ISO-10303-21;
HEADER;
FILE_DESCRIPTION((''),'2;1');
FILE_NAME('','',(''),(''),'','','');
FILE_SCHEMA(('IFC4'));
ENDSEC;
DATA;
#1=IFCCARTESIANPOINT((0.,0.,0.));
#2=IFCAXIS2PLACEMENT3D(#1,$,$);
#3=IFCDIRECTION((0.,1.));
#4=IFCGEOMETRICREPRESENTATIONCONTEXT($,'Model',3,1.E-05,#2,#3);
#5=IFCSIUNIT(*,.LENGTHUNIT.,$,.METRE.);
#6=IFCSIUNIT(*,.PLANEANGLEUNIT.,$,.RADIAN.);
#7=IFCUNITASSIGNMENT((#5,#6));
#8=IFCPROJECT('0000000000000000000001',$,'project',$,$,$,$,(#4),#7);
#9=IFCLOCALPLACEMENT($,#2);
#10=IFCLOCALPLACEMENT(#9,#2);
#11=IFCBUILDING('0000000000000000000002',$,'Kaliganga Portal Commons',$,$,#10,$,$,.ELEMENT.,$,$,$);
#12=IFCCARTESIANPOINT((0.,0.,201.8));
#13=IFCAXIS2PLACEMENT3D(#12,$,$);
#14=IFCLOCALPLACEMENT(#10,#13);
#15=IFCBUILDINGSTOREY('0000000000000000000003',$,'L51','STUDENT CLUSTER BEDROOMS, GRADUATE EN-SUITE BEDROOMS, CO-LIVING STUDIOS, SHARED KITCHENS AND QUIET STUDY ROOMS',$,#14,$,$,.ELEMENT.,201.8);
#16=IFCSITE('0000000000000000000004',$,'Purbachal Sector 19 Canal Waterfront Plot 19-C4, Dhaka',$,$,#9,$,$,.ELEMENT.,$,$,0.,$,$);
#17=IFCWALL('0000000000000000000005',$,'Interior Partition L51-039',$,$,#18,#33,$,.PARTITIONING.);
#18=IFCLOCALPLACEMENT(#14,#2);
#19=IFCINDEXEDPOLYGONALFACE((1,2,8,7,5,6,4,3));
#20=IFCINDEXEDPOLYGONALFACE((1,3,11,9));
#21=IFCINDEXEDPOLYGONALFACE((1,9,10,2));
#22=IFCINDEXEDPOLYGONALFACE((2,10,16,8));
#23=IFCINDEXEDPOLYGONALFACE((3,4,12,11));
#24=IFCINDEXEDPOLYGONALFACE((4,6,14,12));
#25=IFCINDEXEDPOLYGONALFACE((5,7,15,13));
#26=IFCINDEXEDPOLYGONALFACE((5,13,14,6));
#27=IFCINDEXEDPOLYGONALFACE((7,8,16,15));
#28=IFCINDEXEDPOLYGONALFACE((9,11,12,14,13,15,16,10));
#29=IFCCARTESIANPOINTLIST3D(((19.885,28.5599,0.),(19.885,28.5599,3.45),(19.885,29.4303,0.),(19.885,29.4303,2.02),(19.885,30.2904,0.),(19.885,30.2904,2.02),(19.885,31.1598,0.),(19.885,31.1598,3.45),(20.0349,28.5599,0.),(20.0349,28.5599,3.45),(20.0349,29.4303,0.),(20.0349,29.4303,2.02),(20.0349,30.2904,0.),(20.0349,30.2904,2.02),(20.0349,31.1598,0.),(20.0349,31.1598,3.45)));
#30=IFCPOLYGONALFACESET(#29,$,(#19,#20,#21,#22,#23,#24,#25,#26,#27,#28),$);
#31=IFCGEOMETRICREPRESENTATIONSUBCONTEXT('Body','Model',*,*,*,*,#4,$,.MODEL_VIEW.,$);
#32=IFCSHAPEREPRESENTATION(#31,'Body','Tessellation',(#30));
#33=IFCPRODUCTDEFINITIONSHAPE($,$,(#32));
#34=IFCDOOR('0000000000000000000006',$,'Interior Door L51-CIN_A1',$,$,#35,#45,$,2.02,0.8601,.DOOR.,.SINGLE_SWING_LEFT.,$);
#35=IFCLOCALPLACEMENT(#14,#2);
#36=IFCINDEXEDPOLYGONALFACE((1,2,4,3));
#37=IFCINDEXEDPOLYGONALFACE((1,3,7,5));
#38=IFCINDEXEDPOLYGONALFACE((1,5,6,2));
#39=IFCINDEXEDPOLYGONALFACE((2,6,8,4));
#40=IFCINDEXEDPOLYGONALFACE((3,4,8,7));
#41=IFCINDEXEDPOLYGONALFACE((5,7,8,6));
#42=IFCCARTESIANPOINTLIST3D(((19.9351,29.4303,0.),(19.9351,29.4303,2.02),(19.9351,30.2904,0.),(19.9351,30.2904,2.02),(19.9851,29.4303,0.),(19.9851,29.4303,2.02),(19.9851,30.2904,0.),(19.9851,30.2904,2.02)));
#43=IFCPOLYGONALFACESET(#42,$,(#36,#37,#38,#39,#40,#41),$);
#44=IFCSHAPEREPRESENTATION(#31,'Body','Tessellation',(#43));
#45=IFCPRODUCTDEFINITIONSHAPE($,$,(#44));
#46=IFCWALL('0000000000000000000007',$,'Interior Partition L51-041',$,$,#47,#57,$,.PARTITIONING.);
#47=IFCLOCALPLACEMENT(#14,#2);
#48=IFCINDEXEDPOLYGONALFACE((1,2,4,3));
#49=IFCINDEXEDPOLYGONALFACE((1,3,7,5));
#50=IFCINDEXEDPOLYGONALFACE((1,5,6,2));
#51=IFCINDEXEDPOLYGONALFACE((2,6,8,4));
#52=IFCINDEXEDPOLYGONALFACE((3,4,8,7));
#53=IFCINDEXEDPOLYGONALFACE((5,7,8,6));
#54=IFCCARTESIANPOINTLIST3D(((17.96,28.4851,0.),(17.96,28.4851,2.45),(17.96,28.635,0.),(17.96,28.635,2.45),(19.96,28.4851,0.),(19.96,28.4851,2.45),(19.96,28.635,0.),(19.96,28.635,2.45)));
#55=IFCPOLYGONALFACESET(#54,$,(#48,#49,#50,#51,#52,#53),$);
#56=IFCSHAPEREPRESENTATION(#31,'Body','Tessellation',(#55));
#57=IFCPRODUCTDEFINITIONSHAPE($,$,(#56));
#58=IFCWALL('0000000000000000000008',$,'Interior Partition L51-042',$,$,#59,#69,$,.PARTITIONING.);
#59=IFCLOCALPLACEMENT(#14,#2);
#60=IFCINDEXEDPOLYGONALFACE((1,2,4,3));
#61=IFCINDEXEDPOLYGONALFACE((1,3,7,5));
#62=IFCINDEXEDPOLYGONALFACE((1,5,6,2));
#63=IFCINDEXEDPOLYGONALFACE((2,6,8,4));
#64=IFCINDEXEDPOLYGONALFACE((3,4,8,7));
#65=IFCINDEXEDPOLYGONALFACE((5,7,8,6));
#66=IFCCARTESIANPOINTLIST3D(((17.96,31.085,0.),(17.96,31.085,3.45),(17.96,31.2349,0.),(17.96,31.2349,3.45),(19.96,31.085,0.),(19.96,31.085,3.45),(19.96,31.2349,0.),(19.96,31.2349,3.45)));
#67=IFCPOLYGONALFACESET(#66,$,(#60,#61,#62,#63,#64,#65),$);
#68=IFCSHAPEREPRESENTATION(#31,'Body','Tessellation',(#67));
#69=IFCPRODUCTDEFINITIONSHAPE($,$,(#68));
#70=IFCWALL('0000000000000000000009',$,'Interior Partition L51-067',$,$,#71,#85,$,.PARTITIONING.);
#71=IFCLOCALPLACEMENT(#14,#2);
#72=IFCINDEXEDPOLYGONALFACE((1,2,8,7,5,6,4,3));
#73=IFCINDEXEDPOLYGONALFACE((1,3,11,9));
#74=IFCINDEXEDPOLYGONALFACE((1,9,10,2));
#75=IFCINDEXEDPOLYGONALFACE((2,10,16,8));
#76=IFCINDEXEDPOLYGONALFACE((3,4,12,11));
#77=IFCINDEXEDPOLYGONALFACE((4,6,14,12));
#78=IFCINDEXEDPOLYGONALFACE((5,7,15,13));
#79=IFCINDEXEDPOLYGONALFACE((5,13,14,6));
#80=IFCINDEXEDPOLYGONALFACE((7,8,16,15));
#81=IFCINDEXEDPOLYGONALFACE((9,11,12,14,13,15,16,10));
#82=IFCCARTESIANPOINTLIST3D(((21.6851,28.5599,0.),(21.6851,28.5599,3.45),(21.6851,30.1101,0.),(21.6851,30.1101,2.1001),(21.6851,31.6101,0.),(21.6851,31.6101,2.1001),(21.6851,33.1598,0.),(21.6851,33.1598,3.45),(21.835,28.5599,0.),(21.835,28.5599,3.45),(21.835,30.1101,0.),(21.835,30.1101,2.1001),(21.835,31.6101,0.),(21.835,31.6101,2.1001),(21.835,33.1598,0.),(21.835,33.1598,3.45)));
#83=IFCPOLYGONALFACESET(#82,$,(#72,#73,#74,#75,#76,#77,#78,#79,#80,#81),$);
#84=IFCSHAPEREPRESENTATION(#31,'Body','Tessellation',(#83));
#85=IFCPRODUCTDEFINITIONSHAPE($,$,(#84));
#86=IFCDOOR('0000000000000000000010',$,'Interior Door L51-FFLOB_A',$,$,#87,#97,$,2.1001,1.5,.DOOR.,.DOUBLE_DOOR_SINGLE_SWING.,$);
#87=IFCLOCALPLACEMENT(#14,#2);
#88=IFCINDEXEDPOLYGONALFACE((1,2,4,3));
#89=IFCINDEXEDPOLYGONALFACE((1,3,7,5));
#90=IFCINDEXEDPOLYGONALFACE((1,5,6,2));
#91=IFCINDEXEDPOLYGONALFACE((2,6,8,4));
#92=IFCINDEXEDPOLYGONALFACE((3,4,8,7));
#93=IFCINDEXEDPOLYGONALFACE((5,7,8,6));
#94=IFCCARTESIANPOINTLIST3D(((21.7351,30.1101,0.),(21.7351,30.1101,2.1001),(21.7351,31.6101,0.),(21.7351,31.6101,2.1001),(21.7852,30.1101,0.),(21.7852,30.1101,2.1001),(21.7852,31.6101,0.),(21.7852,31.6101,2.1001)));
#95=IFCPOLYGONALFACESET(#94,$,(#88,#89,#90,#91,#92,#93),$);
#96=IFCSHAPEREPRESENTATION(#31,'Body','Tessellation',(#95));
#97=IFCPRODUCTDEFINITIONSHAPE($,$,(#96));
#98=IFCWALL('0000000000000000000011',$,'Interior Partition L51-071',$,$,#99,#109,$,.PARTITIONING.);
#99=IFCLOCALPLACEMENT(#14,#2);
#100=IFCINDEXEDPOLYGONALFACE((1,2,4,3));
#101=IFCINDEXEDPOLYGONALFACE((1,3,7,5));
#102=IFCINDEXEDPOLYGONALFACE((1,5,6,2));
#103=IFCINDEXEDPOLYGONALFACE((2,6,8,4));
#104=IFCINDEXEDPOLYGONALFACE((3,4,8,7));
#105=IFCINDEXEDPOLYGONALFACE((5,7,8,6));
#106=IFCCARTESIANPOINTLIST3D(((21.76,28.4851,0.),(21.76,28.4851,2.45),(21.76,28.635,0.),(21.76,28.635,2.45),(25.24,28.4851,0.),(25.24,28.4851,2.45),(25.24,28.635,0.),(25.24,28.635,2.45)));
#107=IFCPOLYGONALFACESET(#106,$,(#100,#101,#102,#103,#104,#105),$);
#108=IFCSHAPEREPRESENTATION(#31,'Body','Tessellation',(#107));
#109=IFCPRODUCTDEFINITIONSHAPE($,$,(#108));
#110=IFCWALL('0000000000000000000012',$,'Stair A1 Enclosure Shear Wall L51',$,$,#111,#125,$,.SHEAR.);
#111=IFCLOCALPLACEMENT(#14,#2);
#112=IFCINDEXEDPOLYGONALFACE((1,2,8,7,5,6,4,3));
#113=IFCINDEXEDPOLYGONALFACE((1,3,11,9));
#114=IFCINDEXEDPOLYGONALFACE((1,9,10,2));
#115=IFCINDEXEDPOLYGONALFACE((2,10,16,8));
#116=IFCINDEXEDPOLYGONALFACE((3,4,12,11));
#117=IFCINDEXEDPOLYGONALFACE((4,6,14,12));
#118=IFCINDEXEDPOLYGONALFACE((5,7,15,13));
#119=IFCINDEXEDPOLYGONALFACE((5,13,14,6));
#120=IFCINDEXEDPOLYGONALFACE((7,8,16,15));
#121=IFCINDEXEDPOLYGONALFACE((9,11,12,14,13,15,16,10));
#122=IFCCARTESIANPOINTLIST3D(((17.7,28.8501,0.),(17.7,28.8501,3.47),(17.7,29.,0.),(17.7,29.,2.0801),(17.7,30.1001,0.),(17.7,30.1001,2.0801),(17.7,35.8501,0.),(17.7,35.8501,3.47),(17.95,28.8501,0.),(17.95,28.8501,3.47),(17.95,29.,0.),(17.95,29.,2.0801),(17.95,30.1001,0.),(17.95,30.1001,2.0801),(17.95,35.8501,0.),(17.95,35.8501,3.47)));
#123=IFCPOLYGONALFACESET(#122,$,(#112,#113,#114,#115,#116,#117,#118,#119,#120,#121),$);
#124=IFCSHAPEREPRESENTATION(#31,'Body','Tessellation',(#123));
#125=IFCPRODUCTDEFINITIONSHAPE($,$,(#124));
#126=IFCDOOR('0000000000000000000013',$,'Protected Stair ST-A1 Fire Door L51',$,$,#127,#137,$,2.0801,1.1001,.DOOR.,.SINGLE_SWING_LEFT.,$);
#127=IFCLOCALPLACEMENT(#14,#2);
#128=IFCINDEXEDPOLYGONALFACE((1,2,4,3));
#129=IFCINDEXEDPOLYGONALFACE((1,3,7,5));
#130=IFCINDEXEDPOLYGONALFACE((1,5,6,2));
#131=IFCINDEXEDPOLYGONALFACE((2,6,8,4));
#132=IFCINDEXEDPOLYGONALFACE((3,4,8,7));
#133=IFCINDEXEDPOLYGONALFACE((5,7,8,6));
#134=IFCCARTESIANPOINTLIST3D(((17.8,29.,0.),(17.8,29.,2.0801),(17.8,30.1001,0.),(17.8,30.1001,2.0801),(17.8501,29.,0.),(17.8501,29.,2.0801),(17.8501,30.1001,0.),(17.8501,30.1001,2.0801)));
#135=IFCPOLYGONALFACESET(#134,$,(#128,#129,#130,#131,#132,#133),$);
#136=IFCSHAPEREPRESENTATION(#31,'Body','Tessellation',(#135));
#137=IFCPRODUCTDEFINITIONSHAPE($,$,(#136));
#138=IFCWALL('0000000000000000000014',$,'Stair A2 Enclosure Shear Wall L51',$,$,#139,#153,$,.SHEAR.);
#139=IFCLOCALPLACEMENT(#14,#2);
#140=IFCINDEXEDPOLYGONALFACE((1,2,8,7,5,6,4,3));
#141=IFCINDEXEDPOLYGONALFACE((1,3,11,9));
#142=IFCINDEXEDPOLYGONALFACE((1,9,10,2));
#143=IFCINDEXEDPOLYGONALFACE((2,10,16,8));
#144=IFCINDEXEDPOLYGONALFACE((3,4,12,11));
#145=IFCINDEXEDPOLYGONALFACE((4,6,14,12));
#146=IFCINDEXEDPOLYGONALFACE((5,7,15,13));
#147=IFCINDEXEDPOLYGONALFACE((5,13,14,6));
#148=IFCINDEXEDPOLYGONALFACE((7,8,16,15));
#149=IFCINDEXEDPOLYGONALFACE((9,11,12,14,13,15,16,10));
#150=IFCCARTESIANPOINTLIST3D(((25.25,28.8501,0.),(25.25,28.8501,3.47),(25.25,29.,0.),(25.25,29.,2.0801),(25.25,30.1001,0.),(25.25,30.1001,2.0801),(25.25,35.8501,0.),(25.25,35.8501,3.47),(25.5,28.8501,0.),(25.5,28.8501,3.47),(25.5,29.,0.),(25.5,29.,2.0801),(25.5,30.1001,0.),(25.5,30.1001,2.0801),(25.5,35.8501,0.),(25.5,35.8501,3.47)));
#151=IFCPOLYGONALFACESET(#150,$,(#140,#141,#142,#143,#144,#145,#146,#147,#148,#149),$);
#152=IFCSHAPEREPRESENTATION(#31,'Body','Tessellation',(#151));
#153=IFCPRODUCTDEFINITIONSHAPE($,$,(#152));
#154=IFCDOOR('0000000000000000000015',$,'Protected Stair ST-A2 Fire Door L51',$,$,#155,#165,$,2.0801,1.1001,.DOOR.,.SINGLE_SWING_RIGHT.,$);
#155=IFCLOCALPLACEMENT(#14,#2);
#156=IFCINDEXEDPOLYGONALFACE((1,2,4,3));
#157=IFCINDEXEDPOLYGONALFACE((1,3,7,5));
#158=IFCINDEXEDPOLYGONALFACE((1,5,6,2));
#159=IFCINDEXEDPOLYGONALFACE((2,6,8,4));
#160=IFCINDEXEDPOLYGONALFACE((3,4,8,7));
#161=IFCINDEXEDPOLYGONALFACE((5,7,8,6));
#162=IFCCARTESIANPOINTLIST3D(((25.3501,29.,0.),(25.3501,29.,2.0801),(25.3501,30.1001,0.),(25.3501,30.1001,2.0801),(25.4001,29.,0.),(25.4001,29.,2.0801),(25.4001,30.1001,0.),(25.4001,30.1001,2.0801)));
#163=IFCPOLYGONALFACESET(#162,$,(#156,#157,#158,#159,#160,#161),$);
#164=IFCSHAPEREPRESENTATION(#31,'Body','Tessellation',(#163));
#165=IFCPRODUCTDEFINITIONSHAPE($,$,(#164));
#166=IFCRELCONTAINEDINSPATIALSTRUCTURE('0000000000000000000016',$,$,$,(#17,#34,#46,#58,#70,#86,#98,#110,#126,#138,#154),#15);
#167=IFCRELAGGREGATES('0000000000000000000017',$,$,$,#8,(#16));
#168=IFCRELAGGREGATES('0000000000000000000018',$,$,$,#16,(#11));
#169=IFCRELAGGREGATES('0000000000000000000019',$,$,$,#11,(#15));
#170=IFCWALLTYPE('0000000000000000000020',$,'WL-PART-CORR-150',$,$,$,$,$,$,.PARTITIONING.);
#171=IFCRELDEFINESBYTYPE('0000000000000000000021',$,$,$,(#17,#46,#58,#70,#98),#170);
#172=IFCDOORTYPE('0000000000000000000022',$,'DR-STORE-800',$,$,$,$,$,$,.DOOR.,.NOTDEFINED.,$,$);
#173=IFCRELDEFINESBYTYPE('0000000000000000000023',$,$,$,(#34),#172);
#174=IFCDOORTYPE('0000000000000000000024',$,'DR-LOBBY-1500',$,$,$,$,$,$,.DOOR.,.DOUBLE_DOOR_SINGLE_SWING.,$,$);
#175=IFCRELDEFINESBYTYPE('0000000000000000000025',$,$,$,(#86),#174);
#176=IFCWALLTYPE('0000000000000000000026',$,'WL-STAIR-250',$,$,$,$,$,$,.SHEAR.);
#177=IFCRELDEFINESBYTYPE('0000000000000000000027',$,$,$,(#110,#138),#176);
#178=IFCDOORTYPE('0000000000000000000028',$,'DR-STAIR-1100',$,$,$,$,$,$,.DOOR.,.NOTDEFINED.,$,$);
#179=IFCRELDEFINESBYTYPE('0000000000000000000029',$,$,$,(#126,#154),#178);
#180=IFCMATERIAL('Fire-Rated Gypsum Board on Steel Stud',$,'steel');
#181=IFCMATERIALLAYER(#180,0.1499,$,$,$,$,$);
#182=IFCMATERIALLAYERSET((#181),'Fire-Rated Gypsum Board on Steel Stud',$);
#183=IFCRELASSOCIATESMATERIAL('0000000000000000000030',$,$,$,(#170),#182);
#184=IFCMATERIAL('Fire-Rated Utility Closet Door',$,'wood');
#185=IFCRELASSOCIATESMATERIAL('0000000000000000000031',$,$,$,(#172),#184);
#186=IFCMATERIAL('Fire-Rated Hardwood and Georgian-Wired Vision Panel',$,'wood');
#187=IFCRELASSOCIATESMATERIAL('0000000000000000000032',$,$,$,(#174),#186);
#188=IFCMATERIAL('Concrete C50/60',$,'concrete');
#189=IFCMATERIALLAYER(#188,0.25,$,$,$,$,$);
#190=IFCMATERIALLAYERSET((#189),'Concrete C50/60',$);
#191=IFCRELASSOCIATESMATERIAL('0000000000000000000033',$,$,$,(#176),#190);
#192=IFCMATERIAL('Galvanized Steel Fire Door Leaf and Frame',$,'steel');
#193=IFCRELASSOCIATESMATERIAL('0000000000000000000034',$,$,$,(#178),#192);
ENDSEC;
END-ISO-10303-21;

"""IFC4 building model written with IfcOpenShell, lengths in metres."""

from ifc_helpers import new_model, si_unit, direction, frame, frame_2d, origin, place, context, subcontext, project, spatial, rectangle, extrude, material, layer, layer_set, type_object, element, fill, save


model = new_model("IFC4")

# Units and contexts
model_context = context("Model", 3, precision=1e-05, world=origin(), true_north=direction((0.0, 1.0)))
body_context = subcontext(model_context, "Body", "Model", "MODEL_VIEW")
ifc_project = project(units=[si_unit("LENGTHUNIT", "METRE"), si_unit("PLANEANGLEUNIT", "RADIAN")], contexts=[model_context])

# Site, building, storey
site_placement = place(None, origin())
site = spatial("IfcSite", under=ifc_project, at=site_placement, Name="Purbachal Sector 19 Canal Waterfront Plot 19-C4, Dhaka", CompositionType="ELEMENT", RefElevation=0.0)
building_placement = place(site_placement, origin())
building = spatial("IfcBuilding", under=site, at=building_placement, Name="Kaliganga Portal Commons", CompositionType="ELEMENT")
storey_placement = place(building_placement, frame((0.0, 0.0, 201.8)))
storey = spatial("IfcBuildingStorey", under=building, at=storey_placement, Name="L51", Description="STUDENT CLUSTER BEDROOMS, GRADUATE EN-SUITE BEDROOMS, CO-LIVING STUDIOS, SHARED KITCHENS AND QUIET STUDY ROOMS", CompositionType="ELEMENT", Elevation=201.8)

# Shared definitions
ifc_material_1 = material(Name="Concrete C50/60", Category="concrete")

# Wall, opening, door
ifc_material_2 = material(Name="Fire-Rated Gypsum Board on Steel Stud", Category="steel")
ifc_layer_1 = layer(ifc_material_2, 0.1499)
ifc_layer_set_1 = layer_set([ifc_layer_1], Name="Fire-Rated Gypsum Board on Steel Stud")
wall_type_1 = type_object("IfcWallType", Name="WL-PART-CORR-150", PredefinedType="PARTITIONING", material=ifc_layer_set_1)
wall_1_placement = place(storey_placement, frame((19.96, 28.5601, 0.0), z_axis=(0.0, 0.0, 1.0), x_axis=(0.0, 1.0, 0.0)))
wall_1 = element("IfcWall", 1, at=wall_1_placement, inside=storey, type_object=wall_type_1, Name="Interior Partition L51-039", PredefinedType="PARTITIONING", context=body_context, shape_type="SweptSolid", body=[
    extrude(rectangle(XDim=2.5999, YDim=0.1499, at=frame_2d((1.2998, 0.0))), origin(), (0.0, 0.0, 1.0), 3.45),
])
opening_1_placement = place(wall_1_placement, frame((0.8701, 0.0, 0.0)))
opening_1 = element("IfcOpeningElement", 2, at=opening_1_placement, cuts=wall_1, PredefinedType="OPENING", context=body_context, shape_type="SweptSolid", body=[
    extrude(rectangle(XDim=0.8601, YDim=2.02, at=frame_2d((0.4302, 1.01))), frame((0.0, 0.085, 0.0), z_axis=(0.0, -1.0, 0.0), x_axis=(1.0, 0.0, 0.0)), (0.0, 0.0, 1.0), 0.1699),
])
ifc_material_3 = material(Name="Fire-Rated Utility Closet Door", Category="wood")
door_type_1 = type_object("IfcDoorType", Name="DR-STORE-800", OperationType="NOTDEFINED", PredefinedType="DOOR", material=ifc_material_3)
door_1_placement = place(opening_1_placement, origin())
door_1 = element("IfcDoor", 3, at=door_1_placement, inside=storey, type_object=door_type_1, Name="Interior Door L51-CIN_A1", OperationType="SINGLE_SWING_LEFT", OverallHeight=2.02, OverallWidth=0.8601, PredefinedType="DOOR", context=body_context, shape_type="SweptSolid", body=[
    extrude(rectangle(XDim=0.8601, YDim=2.02, at=frame_2d((0.4302, 1.01))), frame((0.0, 0.0249, 0.0), z_axis=(0.0, -1.0, 0.0), x_axis=(1.0, 0.0, 0.0)), (0.0, 0.0, 1.0), 0.05),
])
fill(opening_1, door_1)

# Walls
wall_2_placement = place(storey_placement, frame((17.96, 28.5601, 0.0), z_axis=(0.0, 0.0, 1.0), x_axis=(1.0, 0.0, 0.0)))
element("IfcWall", 4, at=wall_2_placement, inside=storey, type_object=wall_type_1, Name="Interior Partition L51-041", PredefinedType="PARTITIONING", context=body_context, shape_type="SweptSolid", body=[
    extrude(rectangle(XDim=2.0, YDim=0.1499, at=frame_2d((1.0, 0.0))), origin(), (0.0, 0.0, 1.0), 2.45),
])
wall_3_placement = place(storey_placement, frame((17.96, 31.1599, 0.0), z_axis=(0.0, 0.0, 1.0), x_axis=(1.0, 0.0, 0.0)))
element("IfcWall", 5, at=wall_3_placement, inside=storey, type_object=wall_type_1, Name="Interior Partition L51-042", PredefinedType="PARTITIONING", context=body_context, shape_type="SweptSolid", body=[
    extrude(rectangle(XDim=2.0, YDim=0.1499, at=frame_2d((1.0, 0.0))), origin(), (0.0, 0.0, 1.0), 3.45),
])

# Wall, opening, door
wall_4_placement = place(storey_placement, frame((21.76, 28.5601, 0.0), z_axis=(0.0, 0.0, 1.0), x_axis=(0.0, 1.0, 0.0)))
wall_4 = element("IfcWall", 6, at=wall_4_placement, inside=storey, type_object=wall_type_1, Name="Interior Partition L51-067", PredefinedType="PARTITIONING", context=body_context, shape_type="SweptSolid", body=[
    extrude(rectangle(XDim=4.5999, YDim=0.1499, at=frame_2d((2.2998, 0.0))), origin(), (0.0, 0.0, 1.0), 3.45),
])
opening_2_placement = place(wall_4_placement, frame((1.55, 0.0, 0.0)))
opening_2 = element("IfcOpeningElement", 7, at=opening_2_placement, cuts=wall_4, PredefinedType="OPENING", context=body_context, shape_type="SweptSolid", body=[
    extrude(rectangle(XDim=1.5, YDim=2.1001, at=frame_2d((0.75, 1.05))), frame((0.0, 0.085, 0.0), z_axis=(0.0, -1.0, 0.0), x_axis=(1.0, 0.0, 0.0)), (0.0, 0.0, 1.0), 0.1699),
])
ifc_material_4 = material(Name="Fire-Rated Hardwood and Georgian-Wired Vision Panel", Category="wood")
door_type_2 = type_object("IfcDoorType", Name="DR-LOBBY-1500", OperationType="DOUBLE_DOOR_SINGLE_SWING", PredefinedType="DOOR", material=ifc_material_4)
door_2_placement = place(opening_2_placement, origin())
door_2 = element("IfcDoor", 8, at=door_2_placement, inside=storey, type_object=door_type_2, Name="Interior Door L51-FFLOB_A", OperationType="DOUBLE_DOOR_SINGLE_SWING", OverallHeight=2.1001, OverallWidth=1.5, PredefinedType="DOOR", context=body_context, shape_type="SweptSolid", body=[
    extrude(rectangle(XDim=1.5, YDim=2.1001, at=frame_2d((0.75, 1.05))), frame((0.0, 0.0249, 0.0), z_axis=(0.0, -1.0, 0.0), x_axis=(1.0, 0.0, 0.0)), (0.0, 0.0, 1.0), 0.05),
])
fill(opening_2, door_2)

# Wall
wall_5_placement = place(storey_placement, frame((21.76, 28.5601, 0.0), z_axis=(0.0, 0.0, 1.0), x_axis=(1.0, 0.0, 0.0)))
element("IfcWall", 9, at=wall_5_placement, inside=storey, type_object=wall_type_1, Name="Interior Partition L51-071", PredefinedType="PARTITIONING", context=body_context, shape_type="SweptSolid", body=[
    extrude(rectangle(XDim=3.48, YDim=0.1499, at=frame_2d((1.74, 0.0))), origin(), (0.0, 0.0, 1.0), 2.45),
])

# Walls, openings, doors
ifc_layer_2 = layer(ifc_material_1, 0.25)
ifc_layer_set_2 = layer_set([ifc_layer_2], Name="Concrete C50/60")
wall_type_2 = type_object("IfcWallType", Name="WL-STAIR-250", PredefinedType="SHEAR", material=ifc_layer_set_2)
wall_6_placement = place(storey_placement, frame((17.825, 28.8501, 0.0), z_axis=(0.0, 0.0, 1.0), x_axis=(0.0, 1.0, 0.0)))
wall_6 = element("IfcWall", 10, at=wall_6_placement, inside=storey, type_object=wall_type_2, Name="Stair A1 Enclosure Shear Wall L51", PredefinedType="SHEAR", context=body_context, shape_type="SweptSolid", body=[
    extrude(rectangle(XDim=7.0, YDim=0.25, at=frame_2d((3.5, 0.0))), origin(), (0.0, 0.0, 1.0), 3.47),
])
opening_3_placement = place(wall_6_placement, frame((0.1499, 0.0, 0.0)))
opening_3 = element("IfcOpeningElement", 11, at=opening_3_placement, cuts=wall_6, PredefinedType="OPENING", context=body_context, shape_type="SweptSolid", body=[
    extrude(rectangle(XDim=1.1001, YDim=2.0801, at=frame_2d((0.55, 1.04))), frame((0.0, 0.135, 0.0), z_axis=(0.0, -1.0, 0.0), x_axis=(1.0, 0.0, 0.0)), (0.0, 0.0, 1.0), 0.27),
])
ifc_material_5 = material(Name="Galvanized Steel Fire Door Leaf and Frame", Category="steel")
door_type_3 = type_object("IfcDoorType", Name="DR-STAIR-1100", OperationType="NOTDEFINED", PredefinedType="DOOR", material=ifc_material_5)
door_3_placement = place(opening_3_placement, origin())
door_3 = element("IfcDoor", 12, at=door_3_placement, inside=storey, type_object=door_type_3, Name="Protected Stair ST-A1 Fire Door L51", OperationType="SINGLE_SWING_LEFT", OverallHeight=2.0801, OverallWidth=1.1001, PredefinedType="DOOR", context=body_context, shape_type="SweptSolid", body=[
    extrude(rectangle(XDim=1.1001, YDim=2.0801, at=frame_2d((0.55, 1.04))), frame((0.0, 0.0249, 0.0), z_axis=(0.0, -1.0, 0.0), x_axis=(1.0, 0.0, 0.0)), (0.0, 0.0, 1.0), 0.05),
])
fill(opening_3, door_3)
wall_7_placement = place(storey_placement, frame((25.375, 28.8501, 0.0), z_axis=(0.0, 0.0, 1.0), x_axis=(0.0, 1.0, 0.0)))
wall_7 = element("IfcWall", 13, at=wall_7_placement, inside=storey, type_object=wall_type_2, Name="Stair A2 Enclosure Shear Wall L51", PredefinedType="SHEAR", context=body_context, shape_type="SweptSolid", body=[
    extrude(rectangle(XDim=7.0, YDim=0.25, at=frame_2d((3.5, 0.0))), origin(), (0.0, 0.0, 1.0), 3.47),
])
opening_4_placement = place(wall_7_placement, frame((0.1499, 0.0, 0.0)))
opening_4 = element("IfcOpeningElement", 14, at=opening_4_placement, cuts=wall_7, PredefinedType="OPENING", context=body_context, shape_type="SweptSolid", body=[
    extrude(rectangle(XDim=1.1001, YDim=2.0801, at=frame_2d((0.55, 1.04))), frame((0.0, 0.135, 0.0), z_axis=(0.0, -1.0, 0.0), x_axis=(1.0, 0.0, 0.0)), (0.0, 0.0, 1.0), 0.27),
])
door_4_placement = place(opening_4_placement, origin())
door_4 = element("IfcDoor", 15, at=door_4_placement, inside=storey, type_object=door_type_3, Name="Protected Stair ST-A2 Fire Door L51", OperationType="SINGLE_SWING_RIGHT", OverallHeight=2.0801, OverallWidth=1.1001, PredefinedType="DOOR", context=body_context, shape_type="SweptSolid", body=[
    extrude(rectangle(XDim=1.1001, YDim=2.0801, at=frame_2d((0.55, 1.04))), frame((0.0, 0.0249, 0.0), z_axis=(0.0, -1.0, 0.0), x_axis=(1.0, 0.0, 0.0)), (0.0, 0.0, 1.0), 0.05),
])
fill(opening_4, door_4)

save(model, "model.ifc")
